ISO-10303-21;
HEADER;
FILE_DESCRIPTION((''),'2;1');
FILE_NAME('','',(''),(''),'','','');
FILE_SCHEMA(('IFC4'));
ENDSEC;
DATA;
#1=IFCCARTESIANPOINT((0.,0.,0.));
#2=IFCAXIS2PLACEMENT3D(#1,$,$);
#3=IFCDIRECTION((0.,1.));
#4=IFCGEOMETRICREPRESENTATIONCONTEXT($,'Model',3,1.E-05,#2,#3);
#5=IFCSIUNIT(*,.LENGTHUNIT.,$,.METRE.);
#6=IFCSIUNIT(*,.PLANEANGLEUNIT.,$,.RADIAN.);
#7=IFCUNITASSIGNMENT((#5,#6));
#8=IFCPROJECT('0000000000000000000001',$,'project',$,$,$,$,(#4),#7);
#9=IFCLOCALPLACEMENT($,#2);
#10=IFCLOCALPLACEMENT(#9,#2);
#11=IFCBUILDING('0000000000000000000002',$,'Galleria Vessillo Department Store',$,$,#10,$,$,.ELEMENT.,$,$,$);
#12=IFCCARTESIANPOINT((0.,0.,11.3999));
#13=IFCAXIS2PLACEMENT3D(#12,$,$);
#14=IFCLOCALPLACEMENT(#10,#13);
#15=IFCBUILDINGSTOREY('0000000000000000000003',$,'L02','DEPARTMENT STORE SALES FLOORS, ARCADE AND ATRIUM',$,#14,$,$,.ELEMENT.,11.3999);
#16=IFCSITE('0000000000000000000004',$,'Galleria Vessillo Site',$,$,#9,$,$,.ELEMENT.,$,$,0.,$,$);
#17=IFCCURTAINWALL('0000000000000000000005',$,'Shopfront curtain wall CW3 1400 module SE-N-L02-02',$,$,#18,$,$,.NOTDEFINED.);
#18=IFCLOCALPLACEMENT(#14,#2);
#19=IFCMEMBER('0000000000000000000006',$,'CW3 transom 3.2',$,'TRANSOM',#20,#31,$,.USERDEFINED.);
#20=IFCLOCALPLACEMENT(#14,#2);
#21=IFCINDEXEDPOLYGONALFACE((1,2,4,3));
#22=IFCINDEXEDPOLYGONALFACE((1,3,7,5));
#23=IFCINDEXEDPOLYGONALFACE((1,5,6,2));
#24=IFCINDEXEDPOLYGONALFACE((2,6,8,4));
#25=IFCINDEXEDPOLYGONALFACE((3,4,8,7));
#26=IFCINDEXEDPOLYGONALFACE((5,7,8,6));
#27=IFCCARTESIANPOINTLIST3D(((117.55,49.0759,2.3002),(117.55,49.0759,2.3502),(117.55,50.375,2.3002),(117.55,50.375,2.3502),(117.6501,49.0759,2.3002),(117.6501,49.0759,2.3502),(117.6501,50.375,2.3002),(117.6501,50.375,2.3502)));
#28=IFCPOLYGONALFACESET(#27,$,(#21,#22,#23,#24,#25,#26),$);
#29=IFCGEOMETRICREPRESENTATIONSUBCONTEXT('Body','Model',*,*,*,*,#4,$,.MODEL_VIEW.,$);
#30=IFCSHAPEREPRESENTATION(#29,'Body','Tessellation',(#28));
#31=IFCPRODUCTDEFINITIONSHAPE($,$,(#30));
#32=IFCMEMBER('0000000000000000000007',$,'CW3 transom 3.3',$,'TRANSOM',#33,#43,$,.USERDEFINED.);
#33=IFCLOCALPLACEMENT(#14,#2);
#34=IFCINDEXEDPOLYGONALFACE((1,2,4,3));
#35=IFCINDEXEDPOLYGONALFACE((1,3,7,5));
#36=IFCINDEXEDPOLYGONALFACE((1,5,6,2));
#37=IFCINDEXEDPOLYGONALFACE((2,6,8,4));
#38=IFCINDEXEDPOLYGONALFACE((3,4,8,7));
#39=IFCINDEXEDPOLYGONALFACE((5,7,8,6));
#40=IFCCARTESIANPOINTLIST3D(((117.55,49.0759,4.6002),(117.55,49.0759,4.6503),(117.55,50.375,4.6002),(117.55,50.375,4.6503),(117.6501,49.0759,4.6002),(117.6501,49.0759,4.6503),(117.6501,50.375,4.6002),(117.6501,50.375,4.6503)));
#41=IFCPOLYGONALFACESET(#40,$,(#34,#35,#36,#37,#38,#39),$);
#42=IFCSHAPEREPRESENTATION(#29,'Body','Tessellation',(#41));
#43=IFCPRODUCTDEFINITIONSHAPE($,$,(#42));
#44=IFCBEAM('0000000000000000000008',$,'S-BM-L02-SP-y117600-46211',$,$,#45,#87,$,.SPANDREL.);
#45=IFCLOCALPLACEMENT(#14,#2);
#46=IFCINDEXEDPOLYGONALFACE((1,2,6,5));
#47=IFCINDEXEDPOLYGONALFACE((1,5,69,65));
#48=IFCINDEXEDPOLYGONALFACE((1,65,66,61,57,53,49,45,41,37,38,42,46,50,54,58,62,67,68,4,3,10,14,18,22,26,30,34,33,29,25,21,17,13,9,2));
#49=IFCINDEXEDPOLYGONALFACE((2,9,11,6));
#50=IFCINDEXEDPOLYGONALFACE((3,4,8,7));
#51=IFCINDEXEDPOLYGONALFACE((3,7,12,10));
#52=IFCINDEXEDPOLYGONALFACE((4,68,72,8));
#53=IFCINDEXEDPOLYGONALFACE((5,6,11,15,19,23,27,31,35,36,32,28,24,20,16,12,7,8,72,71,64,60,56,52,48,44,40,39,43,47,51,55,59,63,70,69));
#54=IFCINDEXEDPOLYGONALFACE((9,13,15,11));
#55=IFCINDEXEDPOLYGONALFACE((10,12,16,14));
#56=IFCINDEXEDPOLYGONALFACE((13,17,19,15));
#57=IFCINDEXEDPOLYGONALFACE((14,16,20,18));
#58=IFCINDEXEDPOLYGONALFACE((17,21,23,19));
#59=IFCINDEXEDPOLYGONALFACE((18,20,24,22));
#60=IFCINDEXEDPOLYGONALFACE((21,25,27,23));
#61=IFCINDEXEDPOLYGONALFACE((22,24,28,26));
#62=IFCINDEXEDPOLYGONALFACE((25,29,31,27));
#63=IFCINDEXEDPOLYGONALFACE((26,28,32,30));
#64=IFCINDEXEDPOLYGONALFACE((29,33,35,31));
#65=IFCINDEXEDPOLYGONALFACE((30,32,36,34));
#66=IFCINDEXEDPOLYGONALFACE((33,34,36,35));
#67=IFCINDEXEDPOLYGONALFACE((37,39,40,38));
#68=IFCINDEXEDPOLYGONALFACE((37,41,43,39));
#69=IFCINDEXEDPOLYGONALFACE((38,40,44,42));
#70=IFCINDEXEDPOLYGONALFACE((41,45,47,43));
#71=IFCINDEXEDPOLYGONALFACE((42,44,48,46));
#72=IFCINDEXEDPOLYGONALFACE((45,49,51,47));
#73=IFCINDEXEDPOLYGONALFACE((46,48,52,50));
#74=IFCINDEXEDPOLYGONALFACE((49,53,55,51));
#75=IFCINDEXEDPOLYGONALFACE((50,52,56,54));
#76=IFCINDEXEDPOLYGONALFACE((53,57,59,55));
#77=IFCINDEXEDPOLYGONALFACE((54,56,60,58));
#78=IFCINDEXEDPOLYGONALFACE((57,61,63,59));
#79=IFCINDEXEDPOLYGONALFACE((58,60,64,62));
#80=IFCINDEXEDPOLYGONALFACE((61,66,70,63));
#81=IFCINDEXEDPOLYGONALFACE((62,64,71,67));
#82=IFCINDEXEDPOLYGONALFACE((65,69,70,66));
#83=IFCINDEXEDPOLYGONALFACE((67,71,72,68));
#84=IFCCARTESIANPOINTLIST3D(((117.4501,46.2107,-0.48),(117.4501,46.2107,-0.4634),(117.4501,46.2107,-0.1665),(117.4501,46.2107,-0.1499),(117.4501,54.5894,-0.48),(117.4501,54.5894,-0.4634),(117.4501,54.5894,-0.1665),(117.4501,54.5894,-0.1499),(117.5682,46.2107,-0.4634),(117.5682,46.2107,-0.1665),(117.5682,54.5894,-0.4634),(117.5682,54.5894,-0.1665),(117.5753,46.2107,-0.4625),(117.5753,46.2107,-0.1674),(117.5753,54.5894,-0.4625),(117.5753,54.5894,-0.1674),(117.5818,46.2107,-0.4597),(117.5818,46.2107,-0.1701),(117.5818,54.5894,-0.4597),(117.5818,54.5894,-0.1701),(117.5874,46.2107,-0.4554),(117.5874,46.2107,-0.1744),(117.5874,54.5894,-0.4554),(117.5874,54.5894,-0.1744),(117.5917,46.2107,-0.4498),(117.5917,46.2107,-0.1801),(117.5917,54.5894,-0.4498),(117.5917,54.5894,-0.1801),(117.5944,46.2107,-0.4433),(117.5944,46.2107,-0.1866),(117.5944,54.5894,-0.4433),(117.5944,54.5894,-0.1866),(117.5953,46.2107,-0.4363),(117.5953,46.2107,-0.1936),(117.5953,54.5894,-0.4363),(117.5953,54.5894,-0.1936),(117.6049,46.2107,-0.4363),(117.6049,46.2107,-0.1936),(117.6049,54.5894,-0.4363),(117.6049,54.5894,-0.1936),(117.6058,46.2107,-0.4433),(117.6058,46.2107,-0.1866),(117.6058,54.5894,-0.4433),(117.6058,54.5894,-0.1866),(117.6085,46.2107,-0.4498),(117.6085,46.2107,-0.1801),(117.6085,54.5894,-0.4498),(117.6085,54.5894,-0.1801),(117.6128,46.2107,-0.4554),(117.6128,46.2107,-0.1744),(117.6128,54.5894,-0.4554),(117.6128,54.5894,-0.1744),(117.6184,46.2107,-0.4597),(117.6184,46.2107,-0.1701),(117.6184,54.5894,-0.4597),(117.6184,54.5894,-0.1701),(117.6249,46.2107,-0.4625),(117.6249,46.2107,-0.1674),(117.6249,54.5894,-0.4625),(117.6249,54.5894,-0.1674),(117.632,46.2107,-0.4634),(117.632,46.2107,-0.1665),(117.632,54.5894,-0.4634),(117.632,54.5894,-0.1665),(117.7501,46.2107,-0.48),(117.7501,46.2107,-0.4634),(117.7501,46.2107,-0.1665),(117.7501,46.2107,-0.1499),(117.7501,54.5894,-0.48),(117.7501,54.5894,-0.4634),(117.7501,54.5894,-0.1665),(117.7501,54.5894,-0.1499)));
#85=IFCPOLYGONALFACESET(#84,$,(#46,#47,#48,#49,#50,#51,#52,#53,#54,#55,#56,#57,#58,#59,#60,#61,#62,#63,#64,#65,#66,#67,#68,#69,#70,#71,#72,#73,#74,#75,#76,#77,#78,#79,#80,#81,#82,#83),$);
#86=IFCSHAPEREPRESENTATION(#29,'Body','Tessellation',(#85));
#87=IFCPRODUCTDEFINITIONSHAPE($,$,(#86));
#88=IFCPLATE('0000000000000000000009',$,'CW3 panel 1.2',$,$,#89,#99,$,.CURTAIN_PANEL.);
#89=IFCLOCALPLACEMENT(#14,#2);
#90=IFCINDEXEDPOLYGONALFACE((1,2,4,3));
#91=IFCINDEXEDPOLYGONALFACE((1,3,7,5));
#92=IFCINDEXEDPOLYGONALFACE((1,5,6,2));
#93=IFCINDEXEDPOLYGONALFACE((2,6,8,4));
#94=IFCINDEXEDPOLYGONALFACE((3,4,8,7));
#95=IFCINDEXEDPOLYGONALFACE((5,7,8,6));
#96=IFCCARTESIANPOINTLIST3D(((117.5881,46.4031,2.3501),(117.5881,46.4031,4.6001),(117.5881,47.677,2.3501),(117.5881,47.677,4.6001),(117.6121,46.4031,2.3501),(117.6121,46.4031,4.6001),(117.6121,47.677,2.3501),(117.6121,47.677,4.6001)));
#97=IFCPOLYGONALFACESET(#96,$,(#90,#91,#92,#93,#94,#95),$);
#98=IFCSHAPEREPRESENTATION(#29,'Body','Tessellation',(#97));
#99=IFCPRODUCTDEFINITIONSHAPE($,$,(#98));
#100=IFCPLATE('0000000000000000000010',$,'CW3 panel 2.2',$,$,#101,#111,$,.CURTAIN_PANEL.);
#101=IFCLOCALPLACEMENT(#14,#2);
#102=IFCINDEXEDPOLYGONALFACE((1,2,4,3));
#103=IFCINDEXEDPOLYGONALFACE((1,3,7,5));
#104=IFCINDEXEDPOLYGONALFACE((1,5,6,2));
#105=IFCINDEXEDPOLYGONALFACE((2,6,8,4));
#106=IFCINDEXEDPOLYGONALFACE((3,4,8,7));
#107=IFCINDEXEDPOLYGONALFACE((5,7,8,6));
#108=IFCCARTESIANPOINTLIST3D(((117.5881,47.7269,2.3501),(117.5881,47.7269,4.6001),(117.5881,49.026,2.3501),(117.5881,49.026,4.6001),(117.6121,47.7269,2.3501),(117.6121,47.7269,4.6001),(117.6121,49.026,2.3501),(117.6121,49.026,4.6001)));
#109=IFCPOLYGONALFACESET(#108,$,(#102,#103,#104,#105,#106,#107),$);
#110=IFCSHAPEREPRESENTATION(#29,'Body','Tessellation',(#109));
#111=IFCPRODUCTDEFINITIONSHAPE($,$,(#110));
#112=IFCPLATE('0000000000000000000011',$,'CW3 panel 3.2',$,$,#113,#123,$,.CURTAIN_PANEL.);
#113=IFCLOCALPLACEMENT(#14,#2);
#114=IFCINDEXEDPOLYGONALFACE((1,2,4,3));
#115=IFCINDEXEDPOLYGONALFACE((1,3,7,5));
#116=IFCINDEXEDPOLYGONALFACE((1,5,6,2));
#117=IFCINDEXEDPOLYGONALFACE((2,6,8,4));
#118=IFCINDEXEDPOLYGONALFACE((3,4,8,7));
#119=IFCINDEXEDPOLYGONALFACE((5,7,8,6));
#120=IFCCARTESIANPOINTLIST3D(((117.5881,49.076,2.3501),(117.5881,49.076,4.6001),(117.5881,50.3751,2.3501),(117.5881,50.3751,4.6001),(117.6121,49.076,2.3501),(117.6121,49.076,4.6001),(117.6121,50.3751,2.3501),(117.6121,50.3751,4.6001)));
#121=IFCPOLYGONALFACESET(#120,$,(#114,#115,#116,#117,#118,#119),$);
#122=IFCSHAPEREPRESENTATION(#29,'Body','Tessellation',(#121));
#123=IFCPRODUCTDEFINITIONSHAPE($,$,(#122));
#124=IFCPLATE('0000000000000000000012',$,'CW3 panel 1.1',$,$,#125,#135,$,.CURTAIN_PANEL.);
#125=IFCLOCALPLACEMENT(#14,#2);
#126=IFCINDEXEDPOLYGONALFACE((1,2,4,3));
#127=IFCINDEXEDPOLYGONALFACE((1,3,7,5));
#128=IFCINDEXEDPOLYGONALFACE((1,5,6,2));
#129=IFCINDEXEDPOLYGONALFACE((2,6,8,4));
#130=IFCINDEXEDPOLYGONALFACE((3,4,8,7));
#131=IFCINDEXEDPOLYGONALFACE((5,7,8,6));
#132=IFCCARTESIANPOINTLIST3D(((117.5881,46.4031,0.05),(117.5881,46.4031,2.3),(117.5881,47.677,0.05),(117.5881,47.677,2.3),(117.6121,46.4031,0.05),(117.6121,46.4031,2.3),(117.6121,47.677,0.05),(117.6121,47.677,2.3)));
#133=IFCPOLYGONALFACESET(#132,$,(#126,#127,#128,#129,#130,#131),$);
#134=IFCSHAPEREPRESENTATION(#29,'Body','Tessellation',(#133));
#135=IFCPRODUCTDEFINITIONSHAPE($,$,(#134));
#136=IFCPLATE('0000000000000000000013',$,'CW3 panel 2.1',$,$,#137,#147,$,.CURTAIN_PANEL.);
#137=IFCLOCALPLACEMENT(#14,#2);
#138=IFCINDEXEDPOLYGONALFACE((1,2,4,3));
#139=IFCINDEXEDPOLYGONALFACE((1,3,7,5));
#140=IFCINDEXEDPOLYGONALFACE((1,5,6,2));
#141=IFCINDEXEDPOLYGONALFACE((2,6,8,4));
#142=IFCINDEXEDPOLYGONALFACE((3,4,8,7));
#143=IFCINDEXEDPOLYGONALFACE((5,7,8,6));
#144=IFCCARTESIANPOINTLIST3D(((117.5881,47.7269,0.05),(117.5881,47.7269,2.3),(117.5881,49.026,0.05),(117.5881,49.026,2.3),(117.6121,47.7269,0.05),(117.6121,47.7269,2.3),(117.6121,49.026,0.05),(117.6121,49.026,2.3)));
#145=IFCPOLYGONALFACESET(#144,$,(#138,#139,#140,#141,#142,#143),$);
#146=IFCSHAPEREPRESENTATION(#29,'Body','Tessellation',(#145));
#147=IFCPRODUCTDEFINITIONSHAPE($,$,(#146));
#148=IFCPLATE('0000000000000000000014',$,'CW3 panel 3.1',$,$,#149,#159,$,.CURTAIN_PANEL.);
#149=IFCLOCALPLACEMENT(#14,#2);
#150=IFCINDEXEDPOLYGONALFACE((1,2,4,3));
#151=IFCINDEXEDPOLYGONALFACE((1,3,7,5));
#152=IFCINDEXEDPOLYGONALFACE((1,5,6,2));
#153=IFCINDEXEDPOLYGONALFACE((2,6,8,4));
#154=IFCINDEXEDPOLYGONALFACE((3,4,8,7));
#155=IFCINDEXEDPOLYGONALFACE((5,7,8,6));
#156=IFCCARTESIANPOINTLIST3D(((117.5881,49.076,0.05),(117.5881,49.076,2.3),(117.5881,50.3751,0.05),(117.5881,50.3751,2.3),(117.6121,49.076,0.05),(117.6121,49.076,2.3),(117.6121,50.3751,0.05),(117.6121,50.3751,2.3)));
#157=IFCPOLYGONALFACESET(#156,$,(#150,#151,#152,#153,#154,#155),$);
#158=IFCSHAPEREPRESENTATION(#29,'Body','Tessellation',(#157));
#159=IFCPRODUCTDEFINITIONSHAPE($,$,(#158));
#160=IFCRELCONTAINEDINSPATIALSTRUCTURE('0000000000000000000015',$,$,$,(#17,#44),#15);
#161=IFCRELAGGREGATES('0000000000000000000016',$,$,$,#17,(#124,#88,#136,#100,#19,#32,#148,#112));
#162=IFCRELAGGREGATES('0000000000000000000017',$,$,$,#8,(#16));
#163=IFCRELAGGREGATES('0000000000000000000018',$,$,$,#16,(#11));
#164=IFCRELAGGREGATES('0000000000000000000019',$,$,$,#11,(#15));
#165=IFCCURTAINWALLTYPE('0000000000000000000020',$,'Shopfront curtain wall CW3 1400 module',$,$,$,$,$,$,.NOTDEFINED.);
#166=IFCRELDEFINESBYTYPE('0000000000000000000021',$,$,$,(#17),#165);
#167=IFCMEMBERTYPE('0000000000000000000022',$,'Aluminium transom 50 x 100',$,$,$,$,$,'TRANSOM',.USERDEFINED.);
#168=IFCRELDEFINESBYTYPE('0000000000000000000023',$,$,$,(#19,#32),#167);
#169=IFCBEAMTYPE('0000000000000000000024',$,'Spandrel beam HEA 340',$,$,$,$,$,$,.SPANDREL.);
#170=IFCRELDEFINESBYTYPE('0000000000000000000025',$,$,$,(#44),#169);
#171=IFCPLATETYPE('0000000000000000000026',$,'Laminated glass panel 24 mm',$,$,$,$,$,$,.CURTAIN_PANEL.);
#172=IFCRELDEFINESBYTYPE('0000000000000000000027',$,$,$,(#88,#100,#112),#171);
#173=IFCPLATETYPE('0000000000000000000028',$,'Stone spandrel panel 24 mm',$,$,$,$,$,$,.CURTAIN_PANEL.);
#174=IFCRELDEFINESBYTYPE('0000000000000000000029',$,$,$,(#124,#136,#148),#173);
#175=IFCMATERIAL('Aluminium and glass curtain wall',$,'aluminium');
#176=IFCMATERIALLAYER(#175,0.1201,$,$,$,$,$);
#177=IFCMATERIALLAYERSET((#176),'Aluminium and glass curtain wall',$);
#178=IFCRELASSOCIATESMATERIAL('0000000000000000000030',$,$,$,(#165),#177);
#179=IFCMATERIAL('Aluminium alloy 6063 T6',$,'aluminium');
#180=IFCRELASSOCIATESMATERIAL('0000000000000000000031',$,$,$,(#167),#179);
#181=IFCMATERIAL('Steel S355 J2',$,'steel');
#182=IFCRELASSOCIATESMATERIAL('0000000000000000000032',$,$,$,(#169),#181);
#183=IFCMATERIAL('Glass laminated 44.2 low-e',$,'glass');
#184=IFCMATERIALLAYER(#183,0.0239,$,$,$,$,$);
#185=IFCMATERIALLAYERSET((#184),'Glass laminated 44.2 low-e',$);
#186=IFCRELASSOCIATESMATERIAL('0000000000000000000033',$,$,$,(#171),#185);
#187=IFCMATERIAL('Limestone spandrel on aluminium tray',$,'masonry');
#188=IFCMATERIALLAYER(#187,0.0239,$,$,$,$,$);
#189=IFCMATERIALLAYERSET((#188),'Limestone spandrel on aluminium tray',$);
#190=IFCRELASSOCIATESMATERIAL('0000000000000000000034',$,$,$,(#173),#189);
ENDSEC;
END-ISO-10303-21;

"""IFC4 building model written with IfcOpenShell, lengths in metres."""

from ifc_helpers import new_model, si_unit, direction, frame, origin, origin_2d, place, context, subcontext, project, spatial, rectangle, i_section, extrude, material, layer, layer_set, material_profile, profile_set, type_object, element, aggregate, save


model = new_model("IFC4")

# Units and contexts
model_context = context("Model", 3, precision=1e-05, world=origin(), true_north=direction((0.0, 1.0)))
body_context = subcontext(model_context, "Body", "Model", "MODEL_VIEW")
ifc_project = project(units=[si_unit("LENGTHUNIT", "METRE"), si_unit("PLANEANGLEUNIT", "RADIAN")], contexts=[model_context])

# Site, building, storey
site_placement = place(None, origin())
site = spatial("IfcSite", under=ifc_project, at=site_placement, Name="Galleria Vessillo Site", CompositionType="ELEMENT", RefElevation=0.0)
building_placement = place(site_placement, origin())
building = spatial("IfcBuilding", under=site, at=building_placement, Name="Galleria Vessillo Department Store", CompositionType="ELEMENT")
storey_placement = place(building_placement, frame((0.0, 0.0, 11.3999)))
storey = spatial("IfcBuildingStorey", under=building, at=storey_placement, Name="L02", Description="DEPARTMENT STORE SALES FLOORS, ARCADE AND ATRIUM", CompositionType="ELEMENT", Elevation=11.3999)

# Shared definitions
ifc_material_1 = material(Name="Aluminium and glass curtain wall", Category="aluminium")
ifc_layer_1 = layer(ifc_material_1, 0.1201)
ifc_layer_set_1 = layer_set([ifc_layer_1], Name="Aluminium and glass curtain wall")
curtain_wall_type = type_object("IfcCurtainWallType", Name="Shopfront curtain wall CW3 1400 module", PredefinedType="NOTDEFINED", material=ifc_layer_set_1)

# Curtain wall, members
curtain_wall_1_placement = place(storey_placement, origin())
curtain_wall_1 = element("IfcCurtainWall", 1, at=curtain_wall_1_placement, inside=storey, type_object=curtain_wall_type, Name="Shopfront curtain wall CW3 1400 module SE-N-L02-02", PredefinedType="NOTDEFINED")
ifc_material_2 = material(Name="Aluminium alloy 6063 T6", Category="aluminium")
ifc_material_profile_1 = material_profile(ifc_material_2, rectangle(XDim=0.1001, YDim=0.05, at=origin_2d()), Name="AL 50x100")
ifc_profile_set_1 = profile_set([ifc_material_profile_1], Name="Aluminium alloy 6063 T6")
member_type_1 = type_object("IfcMemberType", Name="Aluminium transom 50 x 100", ElementType="TRANSOM", PredefinedType="USERDEFINED", material=ifc_profile_set_1)
member_1_placement = place(storey_placement, frame((117.6001, 49.0759, 2.3252), z_axis=(0.0, 1.0, 0.0), x_axis=(-1.0, 0.0, 0.0)))
member_1 = element("IfcMember", 2, at=member_1_placement, type_object=member_type_1, Name="CW3 transom 3.2", ObjectType="TRANSOM", PredefinedType="USERDEFINED", context=body_context, shape_type="SweptSolid", body=[
    extrude(rectangle(XDim=0.1001, YDim=0.05, at=origin_2d()), origin(), (0.0, 0.0, 1.0), 1.2991),
])
member_2_placement = place(storey_placement, frame((117.6001, 49.0759, 4.6252), z_axis=(0.0, 1.0, 0.0), x_axis=(-1.0, 0.0, 0.0)))
member_2 = element("IfcMember", 3, at=member_2_placement, type_object=member_type_1, Name="CW3 transom 3.3", ObjectType="TRANSOM", PredefinedType="USERDEFINED", context=body_context, shape_type="SweptSolid", body=[
    extrude(rectangle(XDim=0.1001, YDim=0.05, at=origin_2d()), origin(), (0.0, 0.0, 1.0), 1.2991),
])

# Beam
ifc_material_3 = material(Name="Steel S355 J2", Category="steel")
ifc_material_profile_2 = material_profile(ifc_material_3, i_section(OverallWidth=0.3, OverallDepth=0.3301, WebThickness=0.0095, FlangeThickness=0.0166, FilletRadius=0.0271, at=origin_2d()), Name="HEA 340")
ifc_profile_set_2 = profile_set([ifc_material_profile_2], Name="Steel S355 J2")
beam_type = type_object("IfcBeamType", Name="Spandrel beam HEA 340", PredefinedType="SPANDREL", material=ifc_profile_set_2)
beam_placement = place(storey_placement, frame((117.6001, 46.2107, -0.3149), z_axis=(0.0, 1.0, 0.0), x_axis=(-1.0, 0.0, 0.0)))
element("IfcBeam", 4, at=beam_placement, inside=storey, type_object=beam_type, Name="S-BM-L02-SP-y117600-46211", PredefinedType="SPANDREL", context=body_context, shape_type="SweptSolid", body=[
    extrude(i_section(OverallWidth=0.3, OverallDepth=0.3301, WebThickness=0.0095, FlangeThickness=0.0166, FilletRadius=0.0271, at=origin_2d()), origin(), (0.0, 0.0, 1.0), 8.3787),
])

# Plates
ifc_material_4 = material(Name="Glass laminated 44.2 low-e", Category="glass")
ifc_layer_2 = layer(ifc_material_4, 0.0239)
ifc_layer_set_2 = layer_set([ifc_layer_2], Name="Glass laminated 44.2 low-e")
plate_type_1 = type_object("IfcPlateType", Name="Laminated glass panel 24 mm", PredefinedType="CURTAIN_PANEL", material=ifc_layer_set_2)
plate_1_placement = place(storey_placement, frame((117.6001, 47.04, 2.3501), z_axis=(0.0, 0.0, 1.0), x_axis=(0.0, 1.0, 0.0)))
plate_1 = element("IfcPlate", 5, at=plate_1_placement, type_object=plate_type_1, Name="CW3 panel 1.2", PredefinedType="CURTAIN_PANEL", context=body_context, shape_type="SweptSolid", body=[
    extrude(rectangle(XDim=1.2739, YDim=0.0239, at=origin_2d()), origin(), (0.0, 0.0, 1.0), 2.25),
])
plate_2_placement = place(storey_placement, frame((117.6001, 48.3765, 2.3501), z_axis=(0.0, 0.0, 1.0), x_axis=(0.0, 1.0, 0.0)))
plate_2 = element("IfcPlate", 6, at=plate_2_placement, type_object=plate_type_1, Name="CW3 panel 2.2", PredefinedType="CURTAIN_PANEL", context=body_context, shape_type="SweptSolid", body=[
    extrude(rectangle(XDim=1.2991, YDim=0.0239, at=origin_2d()), origin(), (0.0, 0.0, 1.0), 2.25),
])
plate_3_placement = place(storey_placement, frame((117.6001, 49.7256, 2.3501), z_axis=(0.0, 0.0, 1.0), x_axis=(0.0, 1.0, 0.0)))
plate_3 = element("IfcPlate", 7, at=plate_3_placement, type_object=plate_type_1, Name="CW3 panel 3.2", PredefinedType="CURTAIN_PANEL", context=body_context, shape_type="SweptSolid", body=[
    extrude(rectangle(XDim=1.2991, YDim=0.0239, at=origin_2d()), origin(), (0.0, 0.0, 1.0), 2.25),
])
ifc_material_5 = material(Name="Limestone spandrel on aluminium tray", Category="masonry")
ifc_layer_3 = layer(ifc_material_5, 0.0239)
ifc_layer_set_3 = layer_set([ifc_layer_3], Name="Limestone spandrel on aluminium tray")
plate_type_2 = type_object("IfcPlateType", Name="Stone spandrel panel 24 mm", PredefinedType="CURTAIN_PANEL", material=ifc_layer_set_3)
plate_4_placement = place(storey_placement, frame((117.6001, 47.04, 0.05), z_axis=(0.0, 0.0, 1.0), x_axis=(0.0, 1.0, 0.0)))
plate_4 = element("IfcPlate", 8, at=plate_4_placement, type_object=plate_type_2, Name="CW3 panel 1.1", PredefinedType="CURTAIN_PANEL", context=body_context, shape_type="SweptSolid", body=[
    extrude(rectangle(XDim=1.2739, YDim=0.0239, at=origin_2d()), origin(), (0.0, 0.0, 1.0), 2.25),
])
plate_5_placement = place(storey_placement, frame((117.6001, 48.3765, 0.05), z_axis=(0.0, 0.0, 1.0), x_axis=(0.0, 1.0, 0.0)))
plate_5 = element("IfcPlate", 9, at=plate_5_placement, type_object=plate_type_2, Name="CW3 panel 2.1", PredefinedType="CURTAIN_PANEL", context=body_context, shape_type="SweptSolid", body=[
    extrude(rectangle(XDim=1.2991, YDim=0.0239, at=origin_2d()), origin(), (0.0, 0.0, 1.0), 2.25),
])
plate_6_placement = place(storey_placement, frame((117.6001, 49.7256, 0.05), z_axis=(0.0, 0.0, 1.0), x_axis=(0.0, 1.0, 0.0)))
plate_6 = element("IfcPlate", 10, at=plate_6_placement, type_object=plate_type_2, Name="CW3 panel 3.1", PredefinedType="CURTAIN_PANEL", context=body_context, shape_type="SweptSolid", body=[
    extrude(rectangle(XDim=1.2991, YDim=0.0239, at=origin_2d()), origin(), (0.0, 0.0, 1.0), 2.25),
])
aggregate(curtain_wall_1, [plate_4, plate_1, plate_5, plate_2, member_1, member_2, plate_6, plate_3])

save(model, "model.ifc")
